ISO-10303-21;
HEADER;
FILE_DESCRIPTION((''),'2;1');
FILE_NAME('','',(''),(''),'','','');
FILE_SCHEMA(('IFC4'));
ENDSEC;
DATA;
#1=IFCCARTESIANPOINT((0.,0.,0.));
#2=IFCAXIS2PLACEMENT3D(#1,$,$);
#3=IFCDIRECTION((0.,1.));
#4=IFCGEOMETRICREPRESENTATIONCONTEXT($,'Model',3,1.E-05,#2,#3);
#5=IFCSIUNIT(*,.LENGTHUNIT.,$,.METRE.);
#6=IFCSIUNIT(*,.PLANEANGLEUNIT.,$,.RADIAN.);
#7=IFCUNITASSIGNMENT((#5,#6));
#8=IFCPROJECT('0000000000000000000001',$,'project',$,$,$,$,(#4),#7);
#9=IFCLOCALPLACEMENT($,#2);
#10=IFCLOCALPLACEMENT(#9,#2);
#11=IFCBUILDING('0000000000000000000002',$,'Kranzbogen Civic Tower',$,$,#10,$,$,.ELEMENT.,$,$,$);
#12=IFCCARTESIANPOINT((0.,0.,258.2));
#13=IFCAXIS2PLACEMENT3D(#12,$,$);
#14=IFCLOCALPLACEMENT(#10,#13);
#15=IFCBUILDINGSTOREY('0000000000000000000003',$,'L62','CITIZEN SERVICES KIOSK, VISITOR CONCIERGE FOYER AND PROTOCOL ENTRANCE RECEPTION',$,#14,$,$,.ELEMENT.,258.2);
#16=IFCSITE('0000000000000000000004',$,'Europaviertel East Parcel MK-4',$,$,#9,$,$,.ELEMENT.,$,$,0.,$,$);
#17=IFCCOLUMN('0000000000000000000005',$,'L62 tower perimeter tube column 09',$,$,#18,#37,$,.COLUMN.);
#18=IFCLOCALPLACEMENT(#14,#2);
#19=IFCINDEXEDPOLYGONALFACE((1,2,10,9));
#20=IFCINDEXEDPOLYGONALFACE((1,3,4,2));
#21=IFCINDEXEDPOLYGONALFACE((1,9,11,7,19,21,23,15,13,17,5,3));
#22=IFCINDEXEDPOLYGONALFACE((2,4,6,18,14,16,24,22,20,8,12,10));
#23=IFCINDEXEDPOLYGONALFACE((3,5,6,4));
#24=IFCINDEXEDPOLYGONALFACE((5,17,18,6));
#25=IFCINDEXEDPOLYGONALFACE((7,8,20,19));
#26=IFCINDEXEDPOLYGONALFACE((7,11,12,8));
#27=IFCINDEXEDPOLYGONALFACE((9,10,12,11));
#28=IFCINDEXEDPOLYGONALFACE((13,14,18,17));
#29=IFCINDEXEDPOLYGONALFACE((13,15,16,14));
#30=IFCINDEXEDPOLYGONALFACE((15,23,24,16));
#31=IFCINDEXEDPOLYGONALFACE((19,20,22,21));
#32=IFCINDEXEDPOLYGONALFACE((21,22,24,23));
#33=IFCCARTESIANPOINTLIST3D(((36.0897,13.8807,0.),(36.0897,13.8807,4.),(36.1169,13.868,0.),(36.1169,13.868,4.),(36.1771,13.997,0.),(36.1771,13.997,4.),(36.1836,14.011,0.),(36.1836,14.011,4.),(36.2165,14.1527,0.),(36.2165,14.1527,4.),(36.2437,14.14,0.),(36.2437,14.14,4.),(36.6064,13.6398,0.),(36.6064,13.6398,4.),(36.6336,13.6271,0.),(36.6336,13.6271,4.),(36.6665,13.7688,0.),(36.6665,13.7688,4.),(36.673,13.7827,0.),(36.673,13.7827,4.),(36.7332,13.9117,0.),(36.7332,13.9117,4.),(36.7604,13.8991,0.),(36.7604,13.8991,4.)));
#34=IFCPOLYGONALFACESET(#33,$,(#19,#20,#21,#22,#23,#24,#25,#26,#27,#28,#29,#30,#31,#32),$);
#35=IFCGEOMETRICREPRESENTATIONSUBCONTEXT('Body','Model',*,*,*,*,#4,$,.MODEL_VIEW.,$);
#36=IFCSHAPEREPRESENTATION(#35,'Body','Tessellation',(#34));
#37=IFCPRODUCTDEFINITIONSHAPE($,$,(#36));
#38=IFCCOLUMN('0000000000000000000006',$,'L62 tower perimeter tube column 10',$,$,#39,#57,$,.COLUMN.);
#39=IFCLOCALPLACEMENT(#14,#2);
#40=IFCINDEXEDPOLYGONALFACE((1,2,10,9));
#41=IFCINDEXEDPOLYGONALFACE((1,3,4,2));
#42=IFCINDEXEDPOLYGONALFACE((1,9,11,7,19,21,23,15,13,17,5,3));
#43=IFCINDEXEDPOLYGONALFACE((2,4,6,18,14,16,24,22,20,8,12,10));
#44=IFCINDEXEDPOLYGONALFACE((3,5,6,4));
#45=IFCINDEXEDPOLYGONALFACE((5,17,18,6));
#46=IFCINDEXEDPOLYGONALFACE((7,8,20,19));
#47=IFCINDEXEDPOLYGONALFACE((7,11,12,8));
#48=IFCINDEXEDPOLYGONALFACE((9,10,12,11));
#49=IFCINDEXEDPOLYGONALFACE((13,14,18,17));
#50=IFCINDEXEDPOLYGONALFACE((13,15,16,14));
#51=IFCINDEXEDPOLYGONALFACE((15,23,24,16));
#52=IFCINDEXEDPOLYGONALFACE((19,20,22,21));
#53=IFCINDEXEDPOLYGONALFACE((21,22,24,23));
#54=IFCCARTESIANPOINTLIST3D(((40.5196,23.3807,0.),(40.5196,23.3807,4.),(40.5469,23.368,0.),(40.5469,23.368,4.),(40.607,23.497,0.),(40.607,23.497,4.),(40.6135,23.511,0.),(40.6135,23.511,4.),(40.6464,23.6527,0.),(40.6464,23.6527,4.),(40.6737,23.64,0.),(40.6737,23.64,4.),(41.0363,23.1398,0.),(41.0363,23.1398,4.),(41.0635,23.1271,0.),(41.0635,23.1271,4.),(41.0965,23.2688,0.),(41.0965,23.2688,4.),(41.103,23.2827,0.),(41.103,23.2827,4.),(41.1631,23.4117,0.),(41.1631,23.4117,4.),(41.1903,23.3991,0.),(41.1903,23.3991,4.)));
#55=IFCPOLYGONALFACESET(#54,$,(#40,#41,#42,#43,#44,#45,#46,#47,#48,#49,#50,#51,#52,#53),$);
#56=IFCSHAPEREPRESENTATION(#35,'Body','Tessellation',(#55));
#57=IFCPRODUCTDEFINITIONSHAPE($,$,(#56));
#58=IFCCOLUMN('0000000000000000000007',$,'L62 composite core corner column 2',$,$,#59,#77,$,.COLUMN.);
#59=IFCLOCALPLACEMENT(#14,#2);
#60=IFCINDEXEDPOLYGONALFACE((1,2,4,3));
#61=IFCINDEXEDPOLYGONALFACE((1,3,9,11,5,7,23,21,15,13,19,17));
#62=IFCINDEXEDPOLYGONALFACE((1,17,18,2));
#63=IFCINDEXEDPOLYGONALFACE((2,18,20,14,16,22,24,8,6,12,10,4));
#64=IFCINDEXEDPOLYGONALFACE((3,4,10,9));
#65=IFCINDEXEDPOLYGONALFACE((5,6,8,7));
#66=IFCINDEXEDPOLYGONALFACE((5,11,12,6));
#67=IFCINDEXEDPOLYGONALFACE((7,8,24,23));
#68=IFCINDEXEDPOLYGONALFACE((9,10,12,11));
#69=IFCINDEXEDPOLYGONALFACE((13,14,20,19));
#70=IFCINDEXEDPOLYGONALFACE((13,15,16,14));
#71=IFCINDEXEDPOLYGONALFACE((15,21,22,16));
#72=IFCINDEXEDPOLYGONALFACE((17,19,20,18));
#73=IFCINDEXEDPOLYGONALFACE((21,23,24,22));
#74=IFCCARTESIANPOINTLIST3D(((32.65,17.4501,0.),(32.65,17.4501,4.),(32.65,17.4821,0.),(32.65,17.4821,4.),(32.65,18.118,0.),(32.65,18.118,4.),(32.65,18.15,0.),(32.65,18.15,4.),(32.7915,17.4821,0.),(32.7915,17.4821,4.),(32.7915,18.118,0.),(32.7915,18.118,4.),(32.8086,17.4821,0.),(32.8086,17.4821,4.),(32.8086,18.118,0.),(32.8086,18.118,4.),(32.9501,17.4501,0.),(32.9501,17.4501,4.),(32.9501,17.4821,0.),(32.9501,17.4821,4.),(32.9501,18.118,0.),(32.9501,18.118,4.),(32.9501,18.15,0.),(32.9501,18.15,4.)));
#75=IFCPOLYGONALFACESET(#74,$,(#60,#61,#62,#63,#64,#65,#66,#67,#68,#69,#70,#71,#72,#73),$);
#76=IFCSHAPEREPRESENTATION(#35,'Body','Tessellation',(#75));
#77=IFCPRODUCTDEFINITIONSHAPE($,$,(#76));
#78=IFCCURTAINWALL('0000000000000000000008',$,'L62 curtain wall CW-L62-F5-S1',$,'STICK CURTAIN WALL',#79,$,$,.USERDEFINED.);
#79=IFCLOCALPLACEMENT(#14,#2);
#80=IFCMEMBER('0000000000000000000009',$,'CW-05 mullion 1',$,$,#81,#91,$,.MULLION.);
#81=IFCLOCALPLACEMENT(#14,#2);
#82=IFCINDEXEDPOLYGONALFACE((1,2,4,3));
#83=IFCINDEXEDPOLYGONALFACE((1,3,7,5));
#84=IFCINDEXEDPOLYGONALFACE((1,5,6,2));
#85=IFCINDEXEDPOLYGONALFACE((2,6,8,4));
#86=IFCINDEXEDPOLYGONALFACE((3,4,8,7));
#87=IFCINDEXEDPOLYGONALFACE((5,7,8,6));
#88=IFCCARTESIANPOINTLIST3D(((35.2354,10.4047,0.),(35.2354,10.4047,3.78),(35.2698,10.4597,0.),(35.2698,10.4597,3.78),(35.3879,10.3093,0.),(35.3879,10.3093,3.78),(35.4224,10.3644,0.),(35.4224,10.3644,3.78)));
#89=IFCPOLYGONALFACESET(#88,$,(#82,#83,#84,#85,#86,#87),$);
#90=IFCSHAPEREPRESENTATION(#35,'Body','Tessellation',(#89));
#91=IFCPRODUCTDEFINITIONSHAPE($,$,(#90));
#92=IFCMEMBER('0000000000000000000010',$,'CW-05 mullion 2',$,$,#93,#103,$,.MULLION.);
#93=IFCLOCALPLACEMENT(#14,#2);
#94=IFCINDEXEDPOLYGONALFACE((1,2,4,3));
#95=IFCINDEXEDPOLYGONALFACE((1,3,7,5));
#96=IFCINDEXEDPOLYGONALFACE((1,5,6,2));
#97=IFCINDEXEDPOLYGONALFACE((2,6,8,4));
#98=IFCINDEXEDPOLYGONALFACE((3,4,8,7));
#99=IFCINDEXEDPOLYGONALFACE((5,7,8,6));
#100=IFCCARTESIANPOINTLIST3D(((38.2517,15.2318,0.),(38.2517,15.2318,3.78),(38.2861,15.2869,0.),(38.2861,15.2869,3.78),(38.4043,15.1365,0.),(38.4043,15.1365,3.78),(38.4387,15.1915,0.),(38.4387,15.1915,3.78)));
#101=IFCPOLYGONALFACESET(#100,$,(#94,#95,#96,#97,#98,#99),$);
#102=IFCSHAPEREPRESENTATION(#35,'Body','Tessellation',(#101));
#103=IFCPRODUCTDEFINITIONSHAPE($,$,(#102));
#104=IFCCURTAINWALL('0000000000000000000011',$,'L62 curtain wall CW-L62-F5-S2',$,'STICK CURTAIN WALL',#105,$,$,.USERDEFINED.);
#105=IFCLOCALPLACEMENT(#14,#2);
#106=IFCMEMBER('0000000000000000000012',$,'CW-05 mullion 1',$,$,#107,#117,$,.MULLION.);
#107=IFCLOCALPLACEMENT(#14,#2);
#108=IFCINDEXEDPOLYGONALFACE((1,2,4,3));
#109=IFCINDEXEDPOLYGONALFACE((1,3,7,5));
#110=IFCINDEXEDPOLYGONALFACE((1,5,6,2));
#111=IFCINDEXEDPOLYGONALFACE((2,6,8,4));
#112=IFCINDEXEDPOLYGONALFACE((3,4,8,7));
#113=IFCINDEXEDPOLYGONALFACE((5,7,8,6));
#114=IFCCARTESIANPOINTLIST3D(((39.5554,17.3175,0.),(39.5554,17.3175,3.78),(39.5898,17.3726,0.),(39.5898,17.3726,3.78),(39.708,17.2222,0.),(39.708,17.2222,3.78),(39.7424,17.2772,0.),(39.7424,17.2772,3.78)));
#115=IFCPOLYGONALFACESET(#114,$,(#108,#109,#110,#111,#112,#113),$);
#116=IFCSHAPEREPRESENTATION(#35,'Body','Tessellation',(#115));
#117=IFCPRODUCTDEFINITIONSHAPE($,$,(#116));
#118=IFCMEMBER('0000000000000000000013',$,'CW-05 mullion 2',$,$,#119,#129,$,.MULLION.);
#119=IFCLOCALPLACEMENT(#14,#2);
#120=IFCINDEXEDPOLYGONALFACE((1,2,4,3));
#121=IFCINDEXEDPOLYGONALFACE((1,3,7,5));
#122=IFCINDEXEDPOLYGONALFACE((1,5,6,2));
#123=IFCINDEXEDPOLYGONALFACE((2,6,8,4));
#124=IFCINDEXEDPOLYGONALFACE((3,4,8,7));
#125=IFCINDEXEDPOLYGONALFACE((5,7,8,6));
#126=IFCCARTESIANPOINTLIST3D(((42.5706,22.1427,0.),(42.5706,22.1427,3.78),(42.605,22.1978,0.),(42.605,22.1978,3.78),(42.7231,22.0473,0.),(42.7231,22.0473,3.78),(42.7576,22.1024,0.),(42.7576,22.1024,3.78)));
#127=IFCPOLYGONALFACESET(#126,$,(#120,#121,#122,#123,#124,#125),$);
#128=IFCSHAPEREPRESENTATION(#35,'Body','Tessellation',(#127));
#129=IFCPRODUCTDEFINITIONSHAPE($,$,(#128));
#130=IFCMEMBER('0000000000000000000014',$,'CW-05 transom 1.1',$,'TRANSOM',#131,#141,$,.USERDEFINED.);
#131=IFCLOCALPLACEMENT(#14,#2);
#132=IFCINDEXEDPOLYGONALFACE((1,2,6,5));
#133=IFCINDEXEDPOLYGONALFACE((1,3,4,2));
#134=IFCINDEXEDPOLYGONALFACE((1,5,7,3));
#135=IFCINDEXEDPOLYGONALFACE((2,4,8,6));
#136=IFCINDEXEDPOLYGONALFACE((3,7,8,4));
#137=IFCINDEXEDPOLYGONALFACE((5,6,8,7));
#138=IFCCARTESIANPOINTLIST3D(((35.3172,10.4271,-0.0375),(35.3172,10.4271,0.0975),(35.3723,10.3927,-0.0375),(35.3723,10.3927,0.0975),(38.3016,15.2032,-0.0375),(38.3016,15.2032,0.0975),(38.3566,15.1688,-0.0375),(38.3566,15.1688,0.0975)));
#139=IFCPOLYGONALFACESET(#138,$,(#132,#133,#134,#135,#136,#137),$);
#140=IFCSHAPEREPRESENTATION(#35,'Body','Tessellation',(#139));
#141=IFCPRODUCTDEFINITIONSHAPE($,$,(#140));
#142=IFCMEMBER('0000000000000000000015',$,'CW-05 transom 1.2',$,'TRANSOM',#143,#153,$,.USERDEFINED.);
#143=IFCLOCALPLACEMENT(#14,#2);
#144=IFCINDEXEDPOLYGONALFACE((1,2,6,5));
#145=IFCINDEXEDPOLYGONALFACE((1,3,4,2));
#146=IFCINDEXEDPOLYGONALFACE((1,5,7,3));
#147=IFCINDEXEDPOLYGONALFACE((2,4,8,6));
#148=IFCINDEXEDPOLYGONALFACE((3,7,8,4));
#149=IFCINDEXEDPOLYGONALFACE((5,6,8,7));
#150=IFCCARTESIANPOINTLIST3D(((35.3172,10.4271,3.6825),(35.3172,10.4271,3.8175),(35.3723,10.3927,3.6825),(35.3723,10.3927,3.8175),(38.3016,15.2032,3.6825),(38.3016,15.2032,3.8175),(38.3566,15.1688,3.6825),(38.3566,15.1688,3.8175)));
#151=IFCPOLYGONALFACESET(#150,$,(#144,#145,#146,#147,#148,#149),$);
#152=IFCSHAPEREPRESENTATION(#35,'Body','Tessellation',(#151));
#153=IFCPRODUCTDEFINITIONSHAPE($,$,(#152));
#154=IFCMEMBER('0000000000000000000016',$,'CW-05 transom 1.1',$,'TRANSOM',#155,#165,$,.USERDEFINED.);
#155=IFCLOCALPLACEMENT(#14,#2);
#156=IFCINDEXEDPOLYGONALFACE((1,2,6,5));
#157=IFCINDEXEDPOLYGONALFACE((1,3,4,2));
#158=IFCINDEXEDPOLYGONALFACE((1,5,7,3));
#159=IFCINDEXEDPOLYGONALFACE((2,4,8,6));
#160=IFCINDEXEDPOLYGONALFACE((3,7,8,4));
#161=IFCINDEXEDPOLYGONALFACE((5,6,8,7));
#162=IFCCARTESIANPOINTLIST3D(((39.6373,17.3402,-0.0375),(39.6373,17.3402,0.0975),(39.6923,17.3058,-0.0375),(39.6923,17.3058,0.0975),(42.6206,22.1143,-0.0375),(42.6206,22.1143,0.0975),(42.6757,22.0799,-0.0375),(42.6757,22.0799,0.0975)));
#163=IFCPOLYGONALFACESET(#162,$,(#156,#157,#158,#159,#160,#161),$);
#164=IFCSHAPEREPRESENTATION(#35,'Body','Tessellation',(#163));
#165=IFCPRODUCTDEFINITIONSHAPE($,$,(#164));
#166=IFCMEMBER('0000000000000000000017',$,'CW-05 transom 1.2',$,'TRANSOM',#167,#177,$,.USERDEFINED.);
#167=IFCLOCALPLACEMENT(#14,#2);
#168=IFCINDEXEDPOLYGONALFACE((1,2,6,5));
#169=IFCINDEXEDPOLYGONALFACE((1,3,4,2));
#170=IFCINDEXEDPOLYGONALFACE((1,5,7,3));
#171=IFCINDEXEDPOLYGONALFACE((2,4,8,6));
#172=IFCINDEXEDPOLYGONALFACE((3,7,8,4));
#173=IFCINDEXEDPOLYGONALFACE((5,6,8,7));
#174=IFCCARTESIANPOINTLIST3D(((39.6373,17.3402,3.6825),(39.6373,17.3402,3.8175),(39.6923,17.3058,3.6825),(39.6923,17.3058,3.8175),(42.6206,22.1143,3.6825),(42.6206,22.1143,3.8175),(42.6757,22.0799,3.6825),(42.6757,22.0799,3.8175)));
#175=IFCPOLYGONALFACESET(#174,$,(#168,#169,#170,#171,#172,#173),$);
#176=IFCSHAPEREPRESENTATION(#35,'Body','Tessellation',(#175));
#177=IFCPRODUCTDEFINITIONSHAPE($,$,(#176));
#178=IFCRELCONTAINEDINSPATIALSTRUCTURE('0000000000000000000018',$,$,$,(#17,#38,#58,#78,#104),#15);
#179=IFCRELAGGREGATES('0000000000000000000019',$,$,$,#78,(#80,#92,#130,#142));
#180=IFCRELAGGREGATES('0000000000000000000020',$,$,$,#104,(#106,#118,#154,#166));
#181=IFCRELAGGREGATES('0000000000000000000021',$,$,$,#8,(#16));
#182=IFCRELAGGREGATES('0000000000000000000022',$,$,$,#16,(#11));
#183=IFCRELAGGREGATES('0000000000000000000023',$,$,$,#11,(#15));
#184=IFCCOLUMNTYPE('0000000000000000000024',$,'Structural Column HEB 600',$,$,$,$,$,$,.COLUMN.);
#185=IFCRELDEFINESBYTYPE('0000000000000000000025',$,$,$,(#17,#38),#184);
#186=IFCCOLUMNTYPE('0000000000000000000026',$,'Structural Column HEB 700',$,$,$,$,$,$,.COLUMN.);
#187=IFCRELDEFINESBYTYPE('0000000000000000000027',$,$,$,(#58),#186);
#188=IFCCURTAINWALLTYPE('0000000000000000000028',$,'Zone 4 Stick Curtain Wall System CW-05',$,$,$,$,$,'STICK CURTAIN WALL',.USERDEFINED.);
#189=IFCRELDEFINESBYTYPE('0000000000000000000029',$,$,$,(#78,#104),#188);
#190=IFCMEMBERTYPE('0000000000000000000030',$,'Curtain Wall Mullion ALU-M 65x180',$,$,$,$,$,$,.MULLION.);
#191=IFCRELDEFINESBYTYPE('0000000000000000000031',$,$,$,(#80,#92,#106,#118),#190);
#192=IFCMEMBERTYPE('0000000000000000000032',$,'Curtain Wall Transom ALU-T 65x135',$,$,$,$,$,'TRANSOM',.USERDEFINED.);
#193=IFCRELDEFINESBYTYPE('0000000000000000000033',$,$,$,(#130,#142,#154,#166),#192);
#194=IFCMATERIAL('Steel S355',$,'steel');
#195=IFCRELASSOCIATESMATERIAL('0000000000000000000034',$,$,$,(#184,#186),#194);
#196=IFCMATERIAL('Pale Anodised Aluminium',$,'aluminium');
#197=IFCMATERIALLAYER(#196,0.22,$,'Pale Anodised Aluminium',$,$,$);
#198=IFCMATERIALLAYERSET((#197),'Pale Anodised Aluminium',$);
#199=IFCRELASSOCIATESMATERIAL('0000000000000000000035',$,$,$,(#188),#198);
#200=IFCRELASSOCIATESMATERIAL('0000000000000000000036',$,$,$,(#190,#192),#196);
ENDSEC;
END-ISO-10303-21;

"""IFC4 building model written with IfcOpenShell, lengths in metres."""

from ifc_helpers import new_model, si_unit, direction, frame, origin, origin_2d, place, context, subcontext, project, spatial, rectangle, i_section, extrude, material, layer, layer_set, material_profile, profile_set, type_object, element, aggregate, save


model = new_model("IFC4")

# Units and contexts
model_context = context("Model", 3, precision=1e-05, world=origin(), true_north=direction((0.0, 1.0)))
body_context = subcontext(model_context, "Body", "Model", "MODEL_VIEW")
ifc_project = project(units=[si_unit("LENGTHUNIT", "METRE"), si_unit("PLANEANGLEUNIT", "RADIAN")], contexts=[model_context])

# Site, building, storey
site_placement = place(None, origin())
site = spatial("IfcSite", under=ifc_project, at=site_placement, Name="Europaviertel East Parcel MK-4", CompositionType="ELEMENT", RefElevation=0.0)
building_placement = place(site_placement, origin())
building = spatial("IfcBuilding", under=site, at=building_placement, Name="Kranzbogen Civic Tower", CompositionType="ELEMENT")
storey_placement = place(building_placement, frame((0.0, 0.0, 258.2)))
storey = spatial("IfcBuildingStorey", under=building, at=storey_placement, Name="L62", Description="CITIZEN SERVICES KIOSK, VISITOR CONCIERGE FOYER AND PROTOCOL ENTRANCE RECEPTION", CompositionType="ELEMENT", Elevation=258.2)

# Columns
ifc_material_1 = material(Name="Steel S355", Category="steel")
ifc_material_profile_1 = material_profile(ifc_material_1, i_section(OverallWidth=0.3, OverallDepth=0.6001, WebThickness=0.0154, FlangeThickness=0.03, at=origin_2d()), Name="HEB 600")
ifc_profile_set_1 = profile_set([ifc_material_profile_1], Name="Steel S355")
column_type_1 = type_object("IfcColumnType", Name="Structural Column HEB 600", PredefinedType="COLUMN", material=ifc_profile_set_1)
for number, where, z_axis, x_axis, name in (
    (1, (36.425, 13.8899, 0.0), (0.0, 0.0, 1.0), (0.422618, 0.906308, 0.0), "L62 tower perimeter tube column 09"),
    (2, (40.855, 23.3899, 0.0), (0.0, 0.0, 1.0), (0.422618, 0.906308, 0.0), "L62 tower perimeter tube column 10"),
):
    element("IfcColumn", number, at=place(storey_placement, frame(where, z_axis=z_axis, x_axis=x_axis)), inside=storey, type_object=column_type_1, Name=name, PredefinedType="COLUMN", context=body_context, shape_type="SweptSolid", body=[
        extrude(i_section(OverallWidth=0.3, OverallDepth=0.6001, WebThickness=0.0154, FlangeThickness=0.03, at=origin_2d()), origin(), (0.0, 0.0, 1.0), 4.0),
    ])
ifc_material_profile_2 = material_profile(ifc_material_1, i_section(OverallWidth=0.3, OverallDepth=0.7, WebThickness=0.0171, FlangeThickness=0.032, at=origin_2d()), Name="HEB 700")
ifc_profile_set_2 = profile_set([ifc_material_profile_2], Name="Steel S355")
column_type_2 = type_object("IfcColumnType", Name="Structural Column HEB 700", PredefinedType="COLUMN", material=ifc_profile_set_2)
column_placement = place(storey_placement, frame((32.8, 17.8, 0.0), z_axis=(0.0, 0.0, 1.0), x_axis=(1.0, 0.0, 0.0)))
element("IfcColumn", 3, at=column_placement, inside=storey, type_object=column_type_2, Name="L62 composite core corner column 2", PredefinedType="COLUMN", context=body_context, shape_type="SweptSolid", body=[
    extrude(i_section(OverallWidth=0.3, OverallDepth=0.7, WebThickness=0.0171, FlangeThickness=0.032, at=origin_2d()), origin(), (0.0, 0.0, 1.0), 4.0),
])

# Curtain walls, members
ifc_material_2 = material(Name="Pale Anodised Aluminium", Category="aluminium")
ifc_layer_1 = layer(ifc_material_2, 0.22, Name="Pale Anodised Aluminium")
ifc_layer_set_1 = layer_set([ifc_layer_1], Name="Pale Anodised Aluminium")
curtain_wall_type = type_object("IfcCurtainWallType", Name="Zone 4 Stick Curtain Wall System CW-05", ElementType="STICK CURTAIN WALL", PredefinedType="USERDEFINED", material=ifc_layer_set_1)
curtain_wall_1_placement = place(storey_placement, origin())
curtain_wall_1 = element("IfcCurtainWall", 4, at=curtain_wall_1_placement, inside=storey, type_object=curtain_wall_type, Name="L62 curtain wall CW-L62-F5-S1", ObjectType="STICK CURTAIN WALL", PredefinedType="USERDEFINED")
ifc_material_profile_3 = material_profile(ifc_material_2, rectangle(XDim=0.0649, YDim=0.1799, at=origin_2d()), Name="ALU-M 65x180")
ifc_profile_set_3 = profile_set([ifc_material_profile_3], Name="Pale Anodised Aluminium")
member_type_1 = type_object("IfcMemberType", Name="Curtain Wall Mullion ALU-M 65x180", PredefinedType="MULLION", material=ifc_profile_set_3)
member_1_placement = place(storey_placement, frame((35.3289, 10.3845, 0.0), z_axis=(0.0, 0.0, 1.0), x_axis=(0.529905, 0.848057, 0.0)))
member_1 = element("IfcMember", 5, at=member_1_placement, type_object=member_type_1, Name="CW-05 mullion 1", PredefinedType="MULLION", context=body_context, shape_type="SweptSolid", body=[
    extrude(rectangle(XDim=0.0649, YDim=0.1799, at=origin_2d()), origin(), (0.0, 0.0, 1.0), 3.78),
])
member_2_placement = place(storey_placement, frame((38.3452, 15.2117, 0.0), z_axis=(0.0, 0.0, 1.0), x_axis=(0.529905, 0.848057, 0.0)))
member_2 = element("IfcMember", 6, at=member_2_placement, type_object=member_type_1, Name="CW-05 mullion 2", PredefinedType="MULLION", context=body_context, shape_type="SweptSolid", body=[
    extrude(rectangle(XDim=0.0649, YDim=0.1799, at=origin_2d()), origin(), (0.0, 0.0, 1.0), 3.78),
])
curtain_wall_2_placement = place(storey_placement, origin())
curtain_wall_2 = element("IfcCurtainWall", 7, at=curtain_wall_2_placement, inside=storey, type_object=curtain_wall_type, Name="L62 curtain wall CW-L62-F5-S2", ObjectType="STICK CURTAIN WALL", PredefinedType="USERDEFINED")
member_3_placement = place(storey_placement, frame((39.6489, 17.2974, 0.0), z_axis=(0.0, 0.0, 1.0), x_axis=(0.529936, 0.848037, 0.0)))
member_3 = element("IfcMember", 8, at=member_3_placement, type_object=member_type_1, Name="CW-05 mullion 1", PredefinedType="MULLION", context=body_context, shape_type="SweptSolid", body=[
    extrude(rectangle(XDim=0.0649, YDim=0.1799, at=origin_2d()), origin(), (0.0, 0.0, 1.0), 3.78),
])
member_4_placement = place(storey_placement, frame((42.6641, 22.1226, 0.0), z_axis=(0.0, 0.0, 1.0), x_axis=(0.529936, 0.848037, 0.0)))
member_4 = element("IfcMember", 9, at=member_4_placement, type_object=member_type_1, Name="CW-05 mullion 2", PredefinedType="MULLION", context=body_context, shape_type="SweptSolid", body=[
    extrude(rectangle(XDim=0.0649, YDim=0.1799, at=origin_2d()), origin(), (0.0, 0.0, 1.0), 3.78),
])

# Members
ifc_material_profile_4 = material_profile(ifc_material_2, rectangle(XDim=0.0649, YDim=0.135, at=origin_2d()), Name="ALU-T 65x135")
ifc_profile_set_4 = profile_set([ifc_material_profile_4], Name="Pale Anodised Aluminium")
member_type_2 = type_object("IfcMemberType", Name="Curtain Wall Transom ALU-T 65x135", ElementType="TRANSOM", PredefinedType="USERDEFINED", material=ifc_profile_set_4)
member_5_placement = place(storey_placement, frame((35.3447, 10.4099, 0.03), z_axis=(0.529909, 0.848054, 0.0), x_axis=(-0.848054, 0.529909, 0.0)))
member_5 = element("IfcMember", 10, at=member_5_placement, type_object=member_type_2, Name="CW-05 transom 1.1", ObjectType="TRANSOM", PredefinedType="USERDEFINED", context=body_context, shape_type="SweptSolid", body=[
    extrude(rectangle(XDim=0.0649, YDim=0.135, at=origin_2d()), origin(), (0.0, 0.0, 1.0), 5.6318),
])
member_6_placement = place(storey_placement, frame((35.3447, 10.4099, 3.75), z_axis=(0.529909, 0.848054, 0.0), x_axis=(-0.848054, 0.529909, 0.0)))
member_6 = element("IfcMember", 11, at=member_6_placement, type_object=member_type_2, Name="CW-05 transom 1.2", ObjectType="TRANSOM", PredefinedType="USERDEFINED", context=body_context, shape_type="SweptSolid", body=[
    extrude(rectangle(XDim=0.0649, YDim=0.135, at=origin_2d()), origin(), (0.0, 0.0, 1.0), 5.6318),
])
member_7_placement = place(storey_placement, frame((39.6648, 17.323, 0.03), z_axis=(0.52994, 0.848035, 0.0), x_axis=(-0.848035, 0.52994, 0.0)))
member_7 = element("IfcMember", 12, at=member_7_placement, type_object=member_type_2, Name="CW-05 transom 1.1", ObjectType="TRANSOM", PredefinedType="USERDEFINED", context=body_context, shape_type="SweptSolid", body=[
    extrude(rectangle(XDim=0.0649, YDim=0.135, at=origin_2d()), origin(), (0.0, 0.0, 1.0), 5.6296),
])
member_8_placement = place(storey_placement, frame((39.6648, 17.323, 3.75), z_axis=(0.52994, 0.848035, 0.0), x_axis=(-0.848035, 0.52994, 0.0)))
member_8 = element("IfcMember", 13, at=member_8_placement, type_object=member_type_2, Name="CW-05 transom 1.2", ObjectType="TRANSOM", PredefinedType="USERDEFINED", context=body_context, shape_type="SweptSolid", body=[
    extrude(rectangle(XDim=0.0649, YDim=0.135, at=origin_2d()), origin(), (0.0, 0.0, 1.0), 5.6296),
])

aggregate(curtain_wall_1, [member_1, member_2, member_5, member_6])
aggregate(curtain_wall_2, [member_3, member_4, member_7, member_8])

save(model, "model.ifc")
